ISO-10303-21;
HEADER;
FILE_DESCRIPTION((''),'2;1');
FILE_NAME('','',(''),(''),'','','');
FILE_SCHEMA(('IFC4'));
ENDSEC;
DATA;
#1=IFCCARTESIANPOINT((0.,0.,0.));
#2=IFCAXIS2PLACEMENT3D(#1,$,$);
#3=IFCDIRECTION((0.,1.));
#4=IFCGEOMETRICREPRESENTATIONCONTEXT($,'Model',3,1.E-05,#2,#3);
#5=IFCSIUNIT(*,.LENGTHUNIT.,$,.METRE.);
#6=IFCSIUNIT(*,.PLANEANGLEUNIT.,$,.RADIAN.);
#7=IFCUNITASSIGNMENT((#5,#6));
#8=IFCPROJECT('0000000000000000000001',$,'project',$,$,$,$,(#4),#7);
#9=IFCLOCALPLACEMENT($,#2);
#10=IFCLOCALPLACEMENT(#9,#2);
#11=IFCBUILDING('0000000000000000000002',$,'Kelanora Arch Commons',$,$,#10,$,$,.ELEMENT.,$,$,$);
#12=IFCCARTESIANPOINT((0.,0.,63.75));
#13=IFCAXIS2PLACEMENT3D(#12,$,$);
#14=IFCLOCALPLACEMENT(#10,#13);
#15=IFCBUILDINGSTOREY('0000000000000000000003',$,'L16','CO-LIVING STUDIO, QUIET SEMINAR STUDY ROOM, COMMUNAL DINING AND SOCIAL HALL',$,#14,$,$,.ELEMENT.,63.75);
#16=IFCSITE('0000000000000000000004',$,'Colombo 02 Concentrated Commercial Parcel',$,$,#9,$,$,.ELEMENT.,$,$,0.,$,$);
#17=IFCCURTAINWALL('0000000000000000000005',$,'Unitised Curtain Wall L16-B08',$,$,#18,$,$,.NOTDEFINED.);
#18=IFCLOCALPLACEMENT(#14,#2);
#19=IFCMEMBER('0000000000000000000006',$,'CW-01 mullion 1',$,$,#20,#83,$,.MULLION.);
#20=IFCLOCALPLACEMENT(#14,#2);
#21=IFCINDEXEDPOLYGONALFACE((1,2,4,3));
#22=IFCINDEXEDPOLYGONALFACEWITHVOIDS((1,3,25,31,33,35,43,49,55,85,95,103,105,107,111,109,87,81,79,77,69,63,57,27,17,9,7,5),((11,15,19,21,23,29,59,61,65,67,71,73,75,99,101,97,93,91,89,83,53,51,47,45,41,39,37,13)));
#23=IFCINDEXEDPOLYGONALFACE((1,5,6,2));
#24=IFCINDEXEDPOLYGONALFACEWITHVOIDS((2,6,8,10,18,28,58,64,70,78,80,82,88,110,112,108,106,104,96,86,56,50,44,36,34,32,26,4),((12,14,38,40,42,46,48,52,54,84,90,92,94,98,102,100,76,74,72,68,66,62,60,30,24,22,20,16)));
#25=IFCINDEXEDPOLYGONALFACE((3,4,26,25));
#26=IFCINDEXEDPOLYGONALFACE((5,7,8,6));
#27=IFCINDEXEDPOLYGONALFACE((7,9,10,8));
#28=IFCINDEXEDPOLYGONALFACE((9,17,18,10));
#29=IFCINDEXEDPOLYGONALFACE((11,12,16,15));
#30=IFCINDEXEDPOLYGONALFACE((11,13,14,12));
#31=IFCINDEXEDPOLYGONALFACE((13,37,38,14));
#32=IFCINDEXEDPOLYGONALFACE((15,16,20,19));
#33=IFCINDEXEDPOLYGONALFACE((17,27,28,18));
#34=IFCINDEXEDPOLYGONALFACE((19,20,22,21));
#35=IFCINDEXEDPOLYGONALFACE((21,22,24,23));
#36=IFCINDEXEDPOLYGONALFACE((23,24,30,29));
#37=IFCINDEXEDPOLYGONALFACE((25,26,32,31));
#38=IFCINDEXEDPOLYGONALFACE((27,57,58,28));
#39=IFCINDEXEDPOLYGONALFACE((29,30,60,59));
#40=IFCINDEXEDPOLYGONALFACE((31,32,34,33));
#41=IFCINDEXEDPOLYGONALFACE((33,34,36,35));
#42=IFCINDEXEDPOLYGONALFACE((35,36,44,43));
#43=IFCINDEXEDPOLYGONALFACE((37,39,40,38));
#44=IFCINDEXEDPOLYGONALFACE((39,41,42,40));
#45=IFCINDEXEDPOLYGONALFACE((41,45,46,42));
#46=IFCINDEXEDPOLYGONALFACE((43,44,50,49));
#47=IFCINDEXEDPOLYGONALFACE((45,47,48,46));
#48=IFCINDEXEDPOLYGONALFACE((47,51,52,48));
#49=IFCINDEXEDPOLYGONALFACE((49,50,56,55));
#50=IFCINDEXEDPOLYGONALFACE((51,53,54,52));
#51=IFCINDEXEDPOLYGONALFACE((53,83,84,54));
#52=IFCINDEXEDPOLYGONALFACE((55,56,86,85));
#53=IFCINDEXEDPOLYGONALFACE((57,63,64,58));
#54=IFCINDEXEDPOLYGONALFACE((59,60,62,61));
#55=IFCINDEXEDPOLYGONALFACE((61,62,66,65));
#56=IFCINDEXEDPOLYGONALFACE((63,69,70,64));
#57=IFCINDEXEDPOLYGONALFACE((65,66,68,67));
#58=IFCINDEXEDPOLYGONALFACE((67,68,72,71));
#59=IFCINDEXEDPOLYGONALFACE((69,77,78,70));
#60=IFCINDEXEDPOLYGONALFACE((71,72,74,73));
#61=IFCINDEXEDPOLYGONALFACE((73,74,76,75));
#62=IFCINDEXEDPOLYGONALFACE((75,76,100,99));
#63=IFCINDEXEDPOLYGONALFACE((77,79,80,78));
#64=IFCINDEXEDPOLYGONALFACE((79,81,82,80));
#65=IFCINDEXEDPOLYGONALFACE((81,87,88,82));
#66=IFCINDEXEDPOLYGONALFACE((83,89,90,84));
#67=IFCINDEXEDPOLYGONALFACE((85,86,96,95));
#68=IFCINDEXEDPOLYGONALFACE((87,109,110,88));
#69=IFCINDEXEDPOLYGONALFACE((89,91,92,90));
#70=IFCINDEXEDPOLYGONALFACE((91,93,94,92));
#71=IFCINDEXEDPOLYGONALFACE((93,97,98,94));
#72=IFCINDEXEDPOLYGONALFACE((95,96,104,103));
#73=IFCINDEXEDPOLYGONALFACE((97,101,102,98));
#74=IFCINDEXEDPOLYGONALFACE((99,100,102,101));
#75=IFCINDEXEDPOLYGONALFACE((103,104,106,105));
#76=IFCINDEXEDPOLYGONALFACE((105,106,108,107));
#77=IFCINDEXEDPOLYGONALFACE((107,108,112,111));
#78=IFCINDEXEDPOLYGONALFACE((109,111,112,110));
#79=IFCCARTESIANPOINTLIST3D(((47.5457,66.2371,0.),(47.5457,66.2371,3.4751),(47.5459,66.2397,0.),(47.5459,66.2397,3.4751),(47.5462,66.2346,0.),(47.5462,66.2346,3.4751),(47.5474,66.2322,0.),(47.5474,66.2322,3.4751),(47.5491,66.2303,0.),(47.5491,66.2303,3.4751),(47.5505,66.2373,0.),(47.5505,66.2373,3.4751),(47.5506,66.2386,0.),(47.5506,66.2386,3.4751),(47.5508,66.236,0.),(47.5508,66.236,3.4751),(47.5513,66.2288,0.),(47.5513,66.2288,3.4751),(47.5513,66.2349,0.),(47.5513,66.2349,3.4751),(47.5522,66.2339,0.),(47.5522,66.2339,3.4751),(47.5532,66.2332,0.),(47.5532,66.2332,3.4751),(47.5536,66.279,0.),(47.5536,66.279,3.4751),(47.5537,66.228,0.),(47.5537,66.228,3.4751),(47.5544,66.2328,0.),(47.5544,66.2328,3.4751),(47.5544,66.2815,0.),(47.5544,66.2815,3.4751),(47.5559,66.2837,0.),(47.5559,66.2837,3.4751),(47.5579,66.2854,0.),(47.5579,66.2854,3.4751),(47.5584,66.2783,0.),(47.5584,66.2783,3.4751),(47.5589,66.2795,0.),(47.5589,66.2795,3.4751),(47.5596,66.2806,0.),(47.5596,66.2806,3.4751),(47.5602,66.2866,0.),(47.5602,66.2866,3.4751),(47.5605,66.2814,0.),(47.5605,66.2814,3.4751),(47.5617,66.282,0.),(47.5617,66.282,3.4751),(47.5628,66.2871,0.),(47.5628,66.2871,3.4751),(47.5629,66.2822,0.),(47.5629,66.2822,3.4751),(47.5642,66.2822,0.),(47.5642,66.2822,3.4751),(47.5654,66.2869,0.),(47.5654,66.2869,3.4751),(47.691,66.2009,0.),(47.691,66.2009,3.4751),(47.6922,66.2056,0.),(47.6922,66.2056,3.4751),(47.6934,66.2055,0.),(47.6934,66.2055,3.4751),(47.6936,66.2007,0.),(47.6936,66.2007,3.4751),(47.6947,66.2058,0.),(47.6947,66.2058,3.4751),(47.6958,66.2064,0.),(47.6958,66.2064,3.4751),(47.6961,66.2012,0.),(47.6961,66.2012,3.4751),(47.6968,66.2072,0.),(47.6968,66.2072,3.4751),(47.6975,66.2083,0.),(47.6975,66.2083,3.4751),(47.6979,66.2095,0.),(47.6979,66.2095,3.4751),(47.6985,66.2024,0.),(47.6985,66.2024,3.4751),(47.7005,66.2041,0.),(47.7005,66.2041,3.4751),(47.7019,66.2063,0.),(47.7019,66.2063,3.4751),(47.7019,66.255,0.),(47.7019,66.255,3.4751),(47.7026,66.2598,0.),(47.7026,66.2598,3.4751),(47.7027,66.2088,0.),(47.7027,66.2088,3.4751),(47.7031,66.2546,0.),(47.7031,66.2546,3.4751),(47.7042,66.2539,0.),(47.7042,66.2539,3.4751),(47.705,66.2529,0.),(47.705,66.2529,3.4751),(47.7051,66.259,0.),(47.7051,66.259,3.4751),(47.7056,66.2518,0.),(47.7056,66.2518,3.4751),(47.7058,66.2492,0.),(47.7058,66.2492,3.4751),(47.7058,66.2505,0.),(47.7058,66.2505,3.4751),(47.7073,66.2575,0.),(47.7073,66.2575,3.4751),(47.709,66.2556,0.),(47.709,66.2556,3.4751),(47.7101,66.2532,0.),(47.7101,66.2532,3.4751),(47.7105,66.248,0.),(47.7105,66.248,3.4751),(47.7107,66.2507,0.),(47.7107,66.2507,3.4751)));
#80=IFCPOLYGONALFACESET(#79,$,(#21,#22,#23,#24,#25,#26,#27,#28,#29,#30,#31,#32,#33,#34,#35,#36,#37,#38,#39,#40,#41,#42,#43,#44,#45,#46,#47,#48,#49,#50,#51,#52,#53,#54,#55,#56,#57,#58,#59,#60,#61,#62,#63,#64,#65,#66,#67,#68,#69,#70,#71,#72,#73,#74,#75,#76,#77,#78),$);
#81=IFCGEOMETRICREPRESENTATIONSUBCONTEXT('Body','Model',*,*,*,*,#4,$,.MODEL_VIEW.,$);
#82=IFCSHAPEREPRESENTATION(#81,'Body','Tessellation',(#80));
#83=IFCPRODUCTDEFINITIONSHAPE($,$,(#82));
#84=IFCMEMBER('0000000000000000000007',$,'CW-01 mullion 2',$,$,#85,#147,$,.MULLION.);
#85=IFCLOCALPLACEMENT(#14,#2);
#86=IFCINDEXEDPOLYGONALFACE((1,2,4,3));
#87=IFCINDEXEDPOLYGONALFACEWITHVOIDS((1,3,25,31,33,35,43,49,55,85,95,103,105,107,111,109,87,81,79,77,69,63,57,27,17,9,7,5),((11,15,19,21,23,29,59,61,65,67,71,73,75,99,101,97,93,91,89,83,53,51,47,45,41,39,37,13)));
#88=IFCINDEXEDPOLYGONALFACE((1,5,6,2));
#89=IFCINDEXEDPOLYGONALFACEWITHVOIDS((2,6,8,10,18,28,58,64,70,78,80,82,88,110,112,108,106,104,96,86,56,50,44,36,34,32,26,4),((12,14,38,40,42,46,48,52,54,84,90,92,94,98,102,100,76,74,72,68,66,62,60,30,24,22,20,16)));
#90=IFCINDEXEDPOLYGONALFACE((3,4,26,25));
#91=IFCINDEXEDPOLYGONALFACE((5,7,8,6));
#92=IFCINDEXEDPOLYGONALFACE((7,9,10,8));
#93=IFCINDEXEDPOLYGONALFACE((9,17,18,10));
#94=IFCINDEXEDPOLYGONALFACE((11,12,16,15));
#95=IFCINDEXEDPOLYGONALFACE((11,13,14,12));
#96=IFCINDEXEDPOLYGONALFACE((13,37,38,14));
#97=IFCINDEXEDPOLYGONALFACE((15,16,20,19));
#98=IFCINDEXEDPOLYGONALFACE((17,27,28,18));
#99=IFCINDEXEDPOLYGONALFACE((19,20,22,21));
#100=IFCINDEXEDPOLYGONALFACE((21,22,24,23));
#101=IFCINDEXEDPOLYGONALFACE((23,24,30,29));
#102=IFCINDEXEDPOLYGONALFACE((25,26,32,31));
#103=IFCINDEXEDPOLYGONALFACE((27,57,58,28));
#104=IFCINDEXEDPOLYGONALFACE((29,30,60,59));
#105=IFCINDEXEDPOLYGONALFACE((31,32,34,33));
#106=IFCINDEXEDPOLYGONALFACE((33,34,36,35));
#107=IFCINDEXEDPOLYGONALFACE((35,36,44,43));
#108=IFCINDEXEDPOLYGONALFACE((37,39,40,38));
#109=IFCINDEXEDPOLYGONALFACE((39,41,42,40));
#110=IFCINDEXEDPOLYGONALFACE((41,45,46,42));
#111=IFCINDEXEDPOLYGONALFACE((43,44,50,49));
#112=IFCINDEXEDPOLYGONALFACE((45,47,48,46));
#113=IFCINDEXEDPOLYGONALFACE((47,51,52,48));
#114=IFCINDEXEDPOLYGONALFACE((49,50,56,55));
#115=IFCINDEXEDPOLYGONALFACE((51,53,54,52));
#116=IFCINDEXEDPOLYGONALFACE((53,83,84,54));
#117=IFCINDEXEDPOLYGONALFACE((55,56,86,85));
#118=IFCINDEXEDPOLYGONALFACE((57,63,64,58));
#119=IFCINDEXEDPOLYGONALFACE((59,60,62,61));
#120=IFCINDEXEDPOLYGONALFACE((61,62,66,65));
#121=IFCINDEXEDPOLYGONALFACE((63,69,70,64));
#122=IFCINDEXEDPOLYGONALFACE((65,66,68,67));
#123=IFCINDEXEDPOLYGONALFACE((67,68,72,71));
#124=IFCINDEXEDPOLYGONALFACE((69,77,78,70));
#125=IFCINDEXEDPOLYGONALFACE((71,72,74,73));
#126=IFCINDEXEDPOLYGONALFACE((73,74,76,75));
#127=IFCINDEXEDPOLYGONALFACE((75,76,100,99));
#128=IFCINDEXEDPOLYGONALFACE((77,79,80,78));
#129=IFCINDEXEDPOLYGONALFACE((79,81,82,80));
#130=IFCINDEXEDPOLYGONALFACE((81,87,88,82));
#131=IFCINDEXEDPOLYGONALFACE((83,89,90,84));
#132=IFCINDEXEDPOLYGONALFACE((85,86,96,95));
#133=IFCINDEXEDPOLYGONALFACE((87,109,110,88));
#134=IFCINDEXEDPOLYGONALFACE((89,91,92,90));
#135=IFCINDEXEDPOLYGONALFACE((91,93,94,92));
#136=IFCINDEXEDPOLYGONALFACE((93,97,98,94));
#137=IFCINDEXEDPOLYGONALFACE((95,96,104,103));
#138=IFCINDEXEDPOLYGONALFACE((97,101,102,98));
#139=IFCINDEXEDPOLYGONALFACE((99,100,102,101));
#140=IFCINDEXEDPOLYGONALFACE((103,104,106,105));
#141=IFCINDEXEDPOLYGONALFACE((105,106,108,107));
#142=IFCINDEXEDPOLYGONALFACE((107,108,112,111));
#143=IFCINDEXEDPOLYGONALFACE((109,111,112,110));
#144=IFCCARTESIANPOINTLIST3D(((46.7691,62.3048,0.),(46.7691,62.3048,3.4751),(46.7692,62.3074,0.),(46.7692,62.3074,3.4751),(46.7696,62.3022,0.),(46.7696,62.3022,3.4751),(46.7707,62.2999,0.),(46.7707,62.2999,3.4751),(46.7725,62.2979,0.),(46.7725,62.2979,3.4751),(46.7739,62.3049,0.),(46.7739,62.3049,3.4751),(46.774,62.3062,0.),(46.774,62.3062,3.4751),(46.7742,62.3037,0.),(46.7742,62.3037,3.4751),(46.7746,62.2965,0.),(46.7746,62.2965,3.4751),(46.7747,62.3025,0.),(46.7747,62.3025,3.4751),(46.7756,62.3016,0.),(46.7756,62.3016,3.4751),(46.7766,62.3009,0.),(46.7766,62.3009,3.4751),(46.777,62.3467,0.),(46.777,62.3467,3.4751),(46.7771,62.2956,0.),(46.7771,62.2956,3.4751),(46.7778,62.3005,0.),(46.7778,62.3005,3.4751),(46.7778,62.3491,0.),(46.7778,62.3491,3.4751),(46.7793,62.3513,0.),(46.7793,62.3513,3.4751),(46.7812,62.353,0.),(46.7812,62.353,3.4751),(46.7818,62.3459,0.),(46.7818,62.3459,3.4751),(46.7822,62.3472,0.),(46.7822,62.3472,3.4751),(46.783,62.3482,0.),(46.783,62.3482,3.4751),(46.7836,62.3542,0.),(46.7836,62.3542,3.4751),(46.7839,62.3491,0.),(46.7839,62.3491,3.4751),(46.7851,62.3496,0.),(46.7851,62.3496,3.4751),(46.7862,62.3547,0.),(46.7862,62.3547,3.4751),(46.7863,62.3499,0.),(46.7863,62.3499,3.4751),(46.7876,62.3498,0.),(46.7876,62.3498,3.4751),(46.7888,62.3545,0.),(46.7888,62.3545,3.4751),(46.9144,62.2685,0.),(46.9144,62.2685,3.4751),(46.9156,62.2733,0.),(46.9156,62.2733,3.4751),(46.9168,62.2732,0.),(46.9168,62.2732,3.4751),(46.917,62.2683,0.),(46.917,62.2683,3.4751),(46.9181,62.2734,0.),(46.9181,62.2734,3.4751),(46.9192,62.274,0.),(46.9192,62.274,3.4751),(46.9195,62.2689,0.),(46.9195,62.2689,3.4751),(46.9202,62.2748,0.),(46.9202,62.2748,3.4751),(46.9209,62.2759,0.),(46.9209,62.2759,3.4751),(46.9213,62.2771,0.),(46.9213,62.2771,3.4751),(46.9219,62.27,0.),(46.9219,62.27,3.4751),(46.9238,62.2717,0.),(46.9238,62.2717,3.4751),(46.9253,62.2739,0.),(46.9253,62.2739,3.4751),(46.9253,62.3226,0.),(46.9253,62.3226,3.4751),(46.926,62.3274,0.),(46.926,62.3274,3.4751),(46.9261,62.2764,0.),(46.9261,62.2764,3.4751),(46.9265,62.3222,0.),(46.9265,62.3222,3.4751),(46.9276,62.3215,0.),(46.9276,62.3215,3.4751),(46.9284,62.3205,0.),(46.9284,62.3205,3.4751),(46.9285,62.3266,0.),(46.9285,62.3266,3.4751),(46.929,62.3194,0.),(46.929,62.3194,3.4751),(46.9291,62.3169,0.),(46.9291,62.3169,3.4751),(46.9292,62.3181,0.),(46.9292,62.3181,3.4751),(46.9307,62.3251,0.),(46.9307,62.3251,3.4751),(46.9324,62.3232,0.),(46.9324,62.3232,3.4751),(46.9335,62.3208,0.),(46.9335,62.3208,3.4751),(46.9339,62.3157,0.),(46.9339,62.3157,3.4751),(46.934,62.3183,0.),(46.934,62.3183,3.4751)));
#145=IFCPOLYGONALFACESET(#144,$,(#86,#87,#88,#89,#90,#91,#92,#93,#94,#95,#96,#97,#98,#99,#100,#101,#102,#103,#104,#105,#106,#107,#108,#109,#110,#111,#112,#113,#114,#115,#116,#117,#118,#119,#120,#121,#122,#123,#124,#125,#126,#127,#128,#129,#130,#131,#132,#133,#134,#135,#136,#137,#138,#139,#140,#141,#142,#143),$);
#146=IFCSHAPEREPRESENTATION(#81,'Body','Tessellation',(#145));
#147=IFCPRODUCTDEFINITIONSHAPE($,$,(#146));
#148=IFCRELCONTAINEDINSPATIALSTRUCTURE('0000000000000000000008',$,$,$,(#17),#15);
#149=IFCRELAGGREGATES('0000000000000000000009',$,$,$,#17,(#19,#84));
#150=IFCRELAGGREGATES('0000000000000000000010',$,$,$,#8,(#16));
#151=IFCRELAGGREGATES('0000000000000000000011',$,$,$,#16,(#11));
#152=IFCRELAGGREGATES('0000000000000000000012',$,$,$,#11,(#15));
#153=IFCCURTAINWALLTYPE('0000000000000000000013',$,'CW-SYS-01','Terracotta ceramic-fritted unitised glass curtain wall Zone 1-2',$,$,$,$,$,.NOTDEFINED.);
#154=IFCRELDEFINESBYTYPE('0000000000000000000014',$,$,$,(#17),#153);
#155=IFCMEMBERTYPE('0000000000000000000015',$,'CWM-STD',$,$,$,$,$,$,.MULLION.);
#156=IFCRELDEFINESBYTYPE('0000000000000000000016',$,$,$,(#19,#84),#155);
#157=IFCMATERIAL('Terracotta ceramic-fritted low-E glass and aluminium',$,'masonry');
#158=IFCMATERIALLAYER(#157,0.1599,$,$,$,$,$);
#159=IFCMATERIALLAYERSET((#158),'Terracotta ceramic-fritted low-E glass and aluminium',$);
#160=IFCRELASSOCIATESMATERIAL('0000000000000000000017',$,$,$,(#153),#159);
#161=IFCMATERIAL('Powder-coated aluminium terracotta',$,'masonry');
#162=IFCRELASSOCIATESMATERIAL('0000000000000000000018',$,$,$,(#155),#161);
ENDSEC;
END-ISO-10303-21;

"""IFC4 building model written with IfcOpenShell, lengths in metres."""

from ifc_helpers import new_model, si_unit, direction, frame, origin, origin_2d, place, context, subcontext, project, spatial, hollow_rectangle, extrude, material, layer, layer_set, material_profile, profile_set, type_object, element, aggregate, save


model = new_model("IFC4")

# Units and contexts
model_context = context("Model", 3, precision=1e-05, world=origin(), true_north=direction((0.0, 1.0)))
body_context = subcontext(model_context, "Body", "Model", "MODEL_VIEW")
ifc_project = project(units=[si_unit("LENGTHUNIT", "METRE"), si_unit("PLANEANGLEUNIT", "RADIAN")], contexts=[model_context])

# Site, building, storey
site_placement = place(None, origin())
site = spatial("IfcSite", under=ifc_project, at=site_placement, Name="Colombo 02 Concentrated Commercial Parcel", CompositionType="ELEMENT", RefElevation=0.0)
building_placement = place(site_placement, origin())
building = spatial("IfcBuilding", under=site, at=building_placement, Name="Kelanora Arch Commons", CompositionType="ELEMENT")
storey_placement = place(building_placement, frame((0.0, 0.0, 63.75)))
storey = spatial("IfcBuildingStorey", under=building, at=storey_placement, Name="L16", Description="CO-LIVING STUDIO, QUIET SEMINAR STUDY ROOM, COMMUNAL DINING AND SOCIAL HALL", CompositionType="ELEMENT", Elevation=63.75)

# Curtain wall, members
ifc_material_1 = material(Name="Terracotta ceramic-fritted low-E glass and aluminium", Category="masonry")
ifc_layer_1 = layer(ifc_material_1, 0.1599)
ifc_layer_set_1 = layer_set([ifc_layer_1], Name="Terracotta ceramic-fritted low-E glass and aluminium")
curtain_wall_type = type_object("IfcCurtainWallType", Name="CW-SYS-01", Description="Terracotta ceramic-fritted unitised glass curtain wall Zone 1-2", PredefinedType="NOTDEFINED", material=ifc_layer_set_1)
curtain_wall_placement = place(storey_placement, origin())
curtain_wall = element("IfcCurtainWall", 1, at=curtain_wall_placement, inside=storey, type_object=curtain_wall_type, Name="Unitised Curtain Wall L16-B08", PredefinedType="NOTDEFINED")
ifc_material_2 = material(Name="Powder-coated aluminium terracotta", Category="masonry")
ifc_material_profile_1 = material_profile(ifc_material_2, hollow_rectangle(XDim=0.1599, YDim=0.0601, WallThickness=0.0049, InnerFilletRadius=0.0049, OuterFilletRadius=0.01, at=origin_2d()), Name="CWM160x60")
ifc_profile_set_1 = profile_set([ifc_material_profile_1], Name="Powder-coated aluminium terracotta")
member_type_1 = type_object("IfcMemberType", Name="CWM-STD", PredefinedType="MULLION", material=ifc_profile_set_1)
member_1_placement = place(storey_placement, frame((47.6282, 66.2439, 0.0), z_axis=(0.0, 0.0, 1.0), x_axis=(0.981052, -0.193744, 0.0)))
member_1 = element("IfcMember", 2, at=member_1_placement, type_object=member_type_1, Name="CW-01 mullion 1", PredefinedType="MULLION", context=body_context, shape_type="SweptSolid", body=[
    extrude(hollow_rectangle(XDim=0.1599, YDim=0.0601, WallThickness=0.0049, InnerFilletRadius=0.0049, OuterFilletRadius=0.01, at=origin_2d()), origin(), (0.0, 0.0, 1.0), 3.4751),
])
member_2_placement = place(storey_placement, frame((46.8516, 62.3115, 0.0), z_axis=(0.0, 0.0, 1.0), x_axis=(0.981052, -0.193744, 0.0)))
member_2 = element("IfcMember", 3, at=member_2_placement, type_object=member_type_1, Name="CW-01 mullion 2", PredefinedType="MULLION", context=body_context, shape_type="SweptSolid", body=[
    extrude(hollow_rectangle(XDim=0.1599, YDim=0.0601, WallThickness=0.0049, InnerFilletRadius=0.0049, OuterFilletRadius=0.01, at=origin_2d()), origin(), (0.0, 0.0, 1.0), 3.4751),
])
aggregate(curtain_wall, [member_1, member_2])

save(model, "model.ifc")
